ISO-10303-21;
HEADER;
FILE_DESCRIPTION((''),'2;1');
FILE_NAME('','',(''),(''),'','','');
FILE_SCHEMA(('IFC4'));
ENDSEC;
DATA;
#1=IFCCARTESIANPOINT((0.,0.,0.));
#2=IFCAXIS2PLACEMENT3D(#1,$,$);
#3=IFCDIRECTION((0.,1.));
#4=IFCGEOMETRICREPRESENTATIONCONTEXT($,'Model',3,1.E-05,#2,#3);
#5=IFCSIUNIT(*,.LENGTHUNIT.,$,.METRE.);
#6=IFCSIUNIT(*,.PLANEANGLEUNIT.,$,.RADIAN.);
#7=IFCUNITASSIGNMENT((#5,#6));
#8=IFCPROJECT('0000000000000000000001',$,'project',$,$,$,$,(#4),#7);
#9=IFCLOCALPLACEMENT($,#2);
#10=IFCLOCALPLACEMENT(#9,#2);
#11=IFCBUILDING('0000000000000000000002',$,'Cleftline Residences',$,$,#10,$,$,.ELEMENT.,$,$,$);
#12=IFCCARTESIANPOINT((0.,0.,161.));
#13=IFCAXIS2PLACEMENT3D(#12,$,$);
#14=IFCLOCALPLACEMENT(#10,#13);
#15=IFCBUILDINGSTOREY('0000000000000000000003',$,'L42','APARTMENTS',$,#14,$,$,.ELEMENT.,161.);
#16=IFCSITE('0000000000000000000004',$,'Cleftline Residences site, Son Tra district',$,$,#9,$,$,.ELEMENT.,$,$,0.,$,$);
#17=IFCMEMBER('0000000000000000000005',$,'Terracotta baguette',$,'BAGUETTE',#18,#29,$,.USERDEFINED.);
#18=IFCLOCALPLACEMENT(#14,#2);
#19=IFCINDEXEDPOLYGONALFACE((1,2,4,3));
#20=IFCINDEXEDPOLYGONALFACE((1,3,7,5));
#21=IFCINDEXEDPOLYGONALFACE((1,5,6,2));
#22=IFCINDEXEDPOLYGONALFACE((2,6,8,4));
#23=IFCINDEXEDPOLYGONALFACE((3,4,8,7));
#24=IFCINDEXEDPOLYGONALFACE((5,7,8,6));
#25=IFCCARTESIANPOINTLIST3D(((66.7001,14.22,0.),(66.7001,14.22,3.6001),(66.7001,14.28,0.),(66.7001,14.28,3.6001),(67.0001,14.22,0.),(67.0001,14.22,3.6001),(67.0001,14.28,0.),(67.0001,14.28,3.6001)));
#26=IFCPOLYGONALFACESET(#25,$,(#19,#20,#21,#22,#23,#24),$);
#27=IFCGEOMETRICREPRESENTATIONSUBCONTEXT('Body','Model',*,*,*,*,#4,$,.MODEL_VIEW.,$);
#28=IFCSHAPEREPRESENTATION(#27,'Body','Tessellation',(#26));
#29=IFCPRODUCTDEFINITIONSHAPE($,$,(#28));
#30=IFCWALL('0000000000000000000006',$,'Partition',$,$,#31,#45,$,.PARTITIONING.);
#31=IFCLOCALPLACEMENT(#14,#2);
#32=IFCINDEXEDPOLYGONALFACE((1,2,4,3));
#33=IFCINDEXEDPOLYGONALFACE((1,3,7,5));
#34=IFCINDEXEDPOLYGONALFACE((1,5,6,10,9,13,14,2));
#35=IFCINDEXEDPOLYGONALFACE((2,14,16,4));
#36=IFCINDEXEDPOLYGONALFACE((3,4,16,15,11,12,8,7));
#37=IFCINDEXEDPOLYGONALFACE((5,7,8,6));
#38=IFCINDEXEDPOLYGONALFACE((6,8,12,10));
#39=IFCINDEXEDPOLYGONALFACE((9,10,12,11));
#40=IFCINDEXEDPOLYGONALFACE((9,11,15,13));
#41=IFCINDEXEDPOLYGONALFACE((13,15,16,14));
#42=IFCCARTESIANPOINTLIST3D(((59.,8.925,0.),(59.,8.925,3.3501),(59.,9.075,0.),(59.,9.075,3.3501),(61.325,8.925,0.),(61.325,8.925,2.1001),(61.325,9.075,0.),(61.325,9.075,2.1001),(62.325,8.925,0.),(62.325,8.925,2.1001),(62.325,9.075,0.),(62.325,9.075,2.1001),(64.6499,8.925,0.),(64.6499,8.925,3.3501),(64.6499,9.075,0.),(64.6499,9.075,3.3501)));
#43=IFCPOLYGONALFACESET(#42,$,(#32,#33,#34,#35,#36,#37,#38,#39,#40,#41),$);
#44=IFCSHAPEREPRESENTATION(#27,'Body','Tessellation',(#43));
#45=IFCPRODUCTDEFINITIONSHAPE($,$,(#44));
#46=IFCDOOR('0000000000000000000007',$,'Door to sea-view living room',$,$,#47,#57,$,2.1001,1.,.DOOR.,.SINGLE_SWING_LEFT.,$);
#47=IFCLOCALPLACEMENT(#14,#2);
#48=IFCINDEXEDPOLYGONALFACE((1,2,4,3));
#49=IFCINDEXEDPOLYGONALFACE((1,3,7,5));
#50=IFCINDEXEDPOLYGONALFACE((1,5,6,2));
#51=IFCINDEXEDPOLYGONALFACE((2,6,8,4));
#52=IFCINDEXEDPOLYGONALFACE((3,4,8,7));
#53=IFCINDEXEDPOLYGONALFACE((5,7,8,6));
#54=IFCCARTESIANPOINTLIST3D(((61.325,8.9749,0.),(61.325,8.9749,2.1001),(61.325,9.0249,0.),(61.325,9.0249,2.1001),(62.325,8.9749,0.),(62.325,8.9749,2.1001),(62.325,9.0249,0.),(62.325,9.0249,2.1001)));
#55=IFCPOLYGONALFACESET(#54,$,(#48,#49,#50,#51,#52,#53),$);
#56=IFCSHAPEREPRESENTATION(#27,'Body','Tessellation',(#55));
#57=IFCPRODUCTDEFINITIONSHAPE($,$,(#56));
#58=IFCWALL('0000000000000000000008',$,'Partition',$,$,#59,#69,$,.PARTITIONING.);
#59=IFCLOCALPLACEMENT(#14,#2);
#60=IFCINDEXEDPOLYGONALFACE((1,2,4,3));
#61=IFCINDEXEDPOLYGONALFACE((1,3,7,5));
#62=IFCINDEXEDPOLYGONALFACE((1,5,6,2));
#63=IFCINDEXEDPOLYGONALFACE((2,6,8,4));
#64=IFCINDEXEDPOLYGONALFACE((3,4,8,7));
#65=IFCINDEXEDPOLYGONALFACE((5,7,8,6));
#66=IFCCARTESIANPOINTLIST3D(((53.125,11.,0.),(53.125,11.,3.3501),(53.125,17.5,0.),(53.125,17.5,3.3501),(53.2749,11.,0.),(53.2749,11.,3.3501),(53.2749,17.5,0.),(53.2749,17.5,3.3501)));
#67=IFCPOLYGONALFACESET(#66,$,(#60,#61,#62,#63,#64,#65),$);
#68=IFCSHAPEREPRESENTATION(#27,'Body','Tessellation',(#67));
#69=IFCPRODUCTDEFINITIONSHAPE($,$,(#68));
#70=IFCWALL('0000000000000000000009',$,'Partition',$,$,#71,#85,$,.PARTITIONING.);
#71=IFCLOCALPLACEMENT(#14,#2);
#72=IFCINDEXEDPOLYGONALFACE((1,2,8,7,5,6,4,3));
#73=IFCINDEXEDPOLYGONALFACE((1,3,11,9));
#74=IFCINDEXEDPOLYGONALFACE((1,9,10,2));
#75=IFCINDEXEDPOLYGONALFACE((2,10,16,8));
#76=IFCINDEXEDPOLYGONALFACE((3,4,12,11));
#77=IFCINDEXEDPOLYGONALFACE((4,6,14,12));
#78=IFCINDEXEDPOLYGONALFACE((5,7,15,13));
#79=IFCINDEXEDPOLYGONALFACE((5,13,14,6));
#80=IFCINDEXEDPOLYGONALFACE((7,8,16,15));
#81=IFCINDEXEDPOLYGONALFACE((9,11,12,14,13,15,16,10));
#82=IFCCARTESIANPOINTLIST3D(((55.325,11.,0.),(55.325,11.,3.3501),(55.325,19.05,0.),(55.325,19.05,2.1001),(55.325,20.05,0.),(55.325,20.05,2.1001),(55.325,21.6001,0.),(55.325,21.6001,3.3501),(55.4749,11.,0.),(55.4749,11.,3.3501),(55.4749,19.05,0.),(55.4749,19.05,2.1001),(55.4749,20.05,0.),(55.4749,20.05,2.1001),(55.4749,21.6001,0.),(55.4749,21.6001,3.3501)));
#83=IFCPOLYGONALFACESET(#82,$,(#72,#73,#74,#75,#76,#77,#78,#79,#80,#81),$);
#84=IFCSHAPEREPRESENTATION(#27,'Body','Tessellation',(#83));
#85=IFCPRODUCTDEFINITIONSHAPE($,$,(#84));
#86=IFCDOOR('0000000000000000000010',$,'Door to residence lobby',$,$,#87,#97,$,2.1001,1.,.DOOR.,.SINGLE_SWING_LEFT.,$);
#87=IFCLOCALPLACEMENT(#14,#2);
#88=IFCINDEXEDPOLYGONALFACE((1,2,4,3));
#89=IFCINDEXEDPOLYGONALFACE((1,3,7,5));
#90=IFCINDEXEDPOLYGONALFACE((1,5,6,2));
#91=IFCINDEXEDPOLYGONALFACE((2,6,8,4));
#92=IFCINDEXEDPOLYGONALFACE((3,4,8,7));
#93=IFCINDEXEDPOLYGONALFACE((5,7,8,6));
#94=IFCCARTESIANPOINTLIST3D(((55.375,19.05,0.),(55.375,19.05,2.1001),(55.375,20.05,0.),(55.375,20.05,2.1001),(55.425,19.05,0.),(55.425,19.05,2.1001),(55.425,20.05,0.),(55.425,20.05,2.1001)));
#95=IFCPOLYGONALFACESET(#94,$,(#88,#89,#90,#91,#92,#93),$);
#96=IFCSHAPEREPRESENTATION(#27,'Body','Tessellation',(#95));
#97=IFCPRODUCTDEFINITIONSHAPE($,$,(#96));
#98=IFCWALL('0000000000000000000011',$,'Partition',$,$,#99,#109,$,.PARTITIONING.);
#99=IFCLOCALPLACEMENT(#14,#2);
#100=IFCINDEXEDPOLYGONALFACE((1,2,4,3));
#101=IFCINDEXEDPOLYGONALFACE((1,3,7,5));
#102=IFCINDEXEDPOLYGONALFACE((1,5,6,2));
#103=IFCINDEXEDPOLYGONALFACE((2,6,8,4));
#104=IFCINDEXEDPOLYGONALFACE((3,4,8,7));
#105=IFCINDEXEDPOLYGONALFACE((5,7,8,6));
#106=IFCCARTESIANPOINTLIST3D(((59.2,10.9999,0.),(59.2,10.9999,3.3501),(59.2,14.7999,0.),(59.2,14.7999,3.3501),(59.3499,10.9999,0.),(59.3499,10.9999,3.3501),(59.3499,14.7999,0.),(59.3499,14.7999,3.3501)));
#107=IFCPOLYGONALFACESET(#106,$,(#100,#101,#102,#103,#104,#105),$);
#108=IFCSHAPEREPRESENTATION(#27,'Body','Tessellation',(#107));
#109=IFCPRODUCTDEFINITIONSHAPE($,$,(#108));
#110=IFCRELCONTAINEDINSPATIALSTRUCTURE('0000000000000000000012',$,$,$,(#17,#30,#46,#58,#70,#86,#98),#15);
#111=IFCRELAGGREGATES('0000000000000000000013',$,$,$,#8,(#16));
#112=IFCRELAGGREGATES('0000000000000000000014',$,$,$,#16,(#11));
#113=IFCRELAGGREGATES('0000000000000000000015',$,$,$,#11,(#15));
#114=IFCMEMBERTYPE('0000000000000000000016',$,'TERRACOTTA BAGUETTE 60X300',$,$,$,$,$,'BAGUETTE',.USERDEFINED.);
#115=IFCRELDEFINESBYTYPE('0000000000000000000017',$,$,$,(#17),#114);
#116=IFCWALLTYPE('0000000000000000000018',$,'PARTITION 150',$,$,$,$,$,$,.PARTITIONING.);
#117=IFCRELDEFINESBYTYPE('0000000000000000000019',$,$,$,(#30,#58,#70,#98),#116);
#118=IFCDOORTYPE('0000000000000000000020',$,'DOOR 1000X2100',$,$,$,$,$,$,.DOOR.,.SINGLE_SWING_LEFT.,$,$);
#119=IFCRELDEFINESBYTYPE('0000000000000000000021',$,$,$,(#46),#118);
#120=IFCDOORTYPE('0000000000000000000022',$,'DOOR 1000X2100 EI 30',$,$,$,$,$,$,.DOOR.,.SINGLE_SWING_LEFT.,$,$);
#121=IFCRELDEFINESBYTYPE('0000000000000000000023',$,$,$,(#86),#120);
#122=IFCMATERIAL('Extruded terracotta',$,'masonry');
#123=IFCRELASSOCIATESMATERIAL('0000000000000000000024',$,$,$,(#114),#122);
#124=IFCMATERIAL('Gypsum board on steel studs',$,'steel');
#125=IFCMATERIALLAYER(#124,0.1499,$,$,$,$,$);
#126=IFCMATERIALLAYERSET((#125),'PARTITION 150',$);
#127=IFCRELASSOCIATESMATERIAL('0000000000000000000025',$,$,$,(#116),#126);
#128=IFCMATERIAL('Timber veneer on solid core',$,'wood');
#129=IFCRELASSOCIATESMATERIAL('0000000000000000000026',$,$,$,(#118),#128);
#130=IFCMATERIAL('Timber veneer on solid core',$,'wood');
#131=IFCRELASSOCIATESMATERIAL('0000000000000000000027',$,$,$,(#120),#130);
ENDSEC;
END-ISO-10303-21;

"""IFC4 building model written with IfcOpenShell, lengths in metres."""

from ifc_helpers import new_model, si_unit, direction, frame, frame_2d, origin, origin_2d, place, context, subcontext, project, spatial, rectangle, extrude, material, layer, layer_set, material_profile, profile_set, type_object, element, fill, save


model = new_model("IFC4")

# Units and contexts
model_context = context("Model", 3, precision=1e-05, world=origin(), true_north=direction((0.0, 1.0)))
body_context = subcontext(model_context, "Body", "Model", "MODEL_VIEW")
ifc_project = project(units=[si_unit("LENGTHUNIT", "METRE"), si_unit("PLANEANGLEUNIT", "RADIAN")], contexts=[model_context])

# Site, building, storey
site_placement = place(None, origin())
site = spatial("IfcSite", under=ifc_project, at=site_placement, Name="Cleftline Residences site, Son Tra district", CompositionType="ELEMENT", RefElevation=0.0)
building_placement = place(site_placement, origin())
building = spatial("IfcBuilding", under=site, at=building_placement, Name="Cleftline Residences", CompositionType="ELEMENT")
storey_placement = place(building_placement, frame((0.0, 0.0, 161.0)))
storey = spatial("IfcBuildingStorey", under=building, at=storey_placement, Name="L42", Description="APARTMENTS", CompositionType="ELEMENT", Elevation=161.0)

# Member
ifc_material_1 = material(Name="Extruded terracotta", Category="masonry")
ifc_material_profile_1 = material_profile(ifc_material_1, rectangle(XDim=0.0601, YDim=0.3, at=origin_2d()))
ifc_profile_set_1 = profile_set([ifc_material_profile_1], Name="Extruded terracotta")
member_type_1 = type_object("IfcMemberType", Name="TERRACOTTA BAGUETTE 60X300", ElementType="BAGUETTE", PredefinedType="USERDEFINED", material=ifc_profile_set_1)
for number, where, z_axis, x_axis, name in (
    (1, (66.8501, 14.25, 0.0), (0.0, 0.0, 1.0), (0.0, 1.0, 0.0), "Terracotta baguette"),
):
    element("IfcMember", number, at=place(storey_placement, frame(where, z_axis=z_axis, x_axis=x_axis)), inside=storey, type_object=member_type_1, Name=name, ObjectType="BAGUETTE", PredefinedType="USERDEFINED", context=body_context, shape_type="SweptSolid", body=[
        extrude(rectangle(XDim=0.0601, YDim=0.3, at=origin_2d()), origin(), (0.0, 0.0, 1.0), 3.6001),
    ])

# Wall, opening, door
ifc_material_2 = material(Name="Gypsum board on steel studs", Category="steel")
ifc_layer = layer(ifc_material_2, 0.1499)
ifc_layer_set = layer_set([ifc_layer], Name="PARTITION 150")
wall_type = type_object("IfcWallType", Name="PARTITION 150", PredefinedType="PARTITIONING", material=ifc_layer_set)
wall_1_placement = place(storey_placement, frame((59.0, 9.0, 0.0), z_axis=(0.0, 0.0, 1.0), x_axis=(1.0, 0.0, 0.0)))
wall_1 = element("IfcWall", 2, at=wall_1_placement, inside=storey, type_object=wall_type, Name="Partition", PredefinedType="PARTITIONING", context=body_context, shape_type="SweptSolid", body=[
    extrude(rectangle(XDim=5.6499, YDim=0.1499, at=frame_2d((2.825, 0.0))), origin(), (0.0, 0.0, 1.0), 3.3501),
])
opening_1_placement = place(wall_1_placement, frame((2.325, 0.0, 0.0)))
opening_1 = element("IfcOpeningElement", 3, at=opening_1_placement, cuts=wall_1, PredefinedType="OPENING", context=body_context, shape_type="SweptSolid", body=[
    extrude(rectangle(XDim=1.0, YDim=2.1001, at=frame_2d((0.5, 1.05))), frame((0.0, 0.085, 0.0), z_axis=(0.0, -1.0, 0.0), x_axis=(1.0, 0.0, 0.0)), (0.0, 0.0, 1.0), 0.1699),
])
ifc_material_3 = material(Name="Timber veneer on solid core", Category="wood")
door_type_1 = type_object("IfcDoorType", Name="DOOR 1000X2100", OperationType="SINGLE_SWING_LEFT", PredefinedType="DOOR", material=ifc_material_3)
door_1_placement = place(opening_1_placement, origin())
door_1 = element("IfcDoor", 4, at=door_1_placement, inside=storey, type_object=door_type_1, Name="Door to sea-view living room", OperationType="SINGLE_SWING_LEFT", OverallHeight=2.1001, OverallWidth=1.0, PredefinedType="DOOR", context=body_context, shape_type="SweptSolid", body=[
    extrude(rectangle(XDim=1.0, YDim=2.1001, at=frame_2d((0.5, 1.05))), frame((0.0, 0.0249, 0.0), z_axis=(0.0, -1.0, 0.0), x_axis=(1.0, 0.0, 0.0)), (0.0, 0.0, 1.0), 0.05),
])
fill(opening_1, door_1)

# Wall
wall_2_placement = place(storey_placement, frame((53.2, 11.0, 0.0), z_axis=(0.0, 0.0, 1.0), x_axis=(0.0, 1.0, 0.0)))
element("IfcWall", 5, at=wall_2_placement, inside=storey, type_object=wall_type, Name="Partition", PredefinedType="PARTITIONING", context=body_context, shape_type="SweptSolid", body=[
    extrude(rectangle(XDim=6.5, YDim=0.1499, at=frame_2d((3.25, 0.0))), origin(), (0.0, 0.0, 1.0), 3.3501),
])

# Wall, opening, door
wall_3_placement = place(storey_placement, frame((55.3999, 11.0, 0.0), z_axis=(0.0, 0.0, 1.0), x_axis=(0.0, 1.0, 0.0)))
wall_3 = element("IfcWall", 6, at=wall_3_placement, inside=storey, type_object=wall_type, Name="Partition", PredefinedType="PARTITIONING", context=body_context, shape_type="SweptSolid", body=[
    extrude(rectangle(XDim=10.6001, YDim=0.1499, at=frame_2d((5.3, 0.0))), origin(), (0.0, 0.0, 1.0), 3.3501),
])
opening_2_placement = place(wall_3_placement, frame((8.05, 0.0, 0.0)))
opening_2 = element("IfcOpeningElement", 7, at=opening_2_placement, cuts=wall_3, PredefinedType="OPENING", context=body_context, shape_type="SweptSolid", body=[
    extrude(rectangle(XDim=1.0, YDim=2.1001, at=frame_2d((0.5, 1.05))), frame((0.0, 0.085, 0.0), z_axis=(0.0, -1.0, 0.0), x_axis=(1.0, 0.0, 0.0)), (0.0, 0.0, 1.0), 0.1699),
])
ifc_material_4 = material(Name="Timber veneer on solid core", Category="wood")
door_type_2 = type_object("IfcDoorType", Name="DOOR 1000X2100 EI 30", OperationType="SINGLE_SWING_LEFT", PredefinedType="DOOR", material=ifc_material_4)
door_2_placement = place(opening_2_placement, origin())
door_2 = element("IfcDoor", 8, at=door_2_placement, inside=storey, type_object=door_type_2, Name="Door to residence lobby", OperationType="SINGLE_SWING_LEFT", OverallHeight=2.1001, OverallWidth=1.0, PredefinedType="DOOR", context=body_context, shape_type="SweptSolid", body=[
    extrude(rectangle(XDim=1.0, YDim=2.1001, at=frame_2d((0.5, 1.05))), frame((0.0, 0.0249, 0.0), z_axis=(0.0, -1.0, 0.0), x_axis=(1.0, 0.0, 0.0)), (0.0, 0.0, 1.0), 0.05),
])
fill(opening_2, door_2)

# Wall
wall_4_placement = place(storey_placement, frame((59.2749, 11.0, 0.0), z_axis=(0.0, 0.0, 1.0), x_axis=(0.0, 1.0, 0.0)))
element("IfcWall", 9, at=wall_4_placement, inside=storey, type_object=wall_type, Name="Partition", PredefinedType="PARTITIONING", context=body_context, shape_type="SweptSolid", body=[
    extrude(rectangle(XDim=3.8, YDim=0.1499, at=frame_2d((1.8999, 0.0))), origin(), (0.0, 0.0, 1.0), 3.3501),
])

save(model, "model.ifc")
